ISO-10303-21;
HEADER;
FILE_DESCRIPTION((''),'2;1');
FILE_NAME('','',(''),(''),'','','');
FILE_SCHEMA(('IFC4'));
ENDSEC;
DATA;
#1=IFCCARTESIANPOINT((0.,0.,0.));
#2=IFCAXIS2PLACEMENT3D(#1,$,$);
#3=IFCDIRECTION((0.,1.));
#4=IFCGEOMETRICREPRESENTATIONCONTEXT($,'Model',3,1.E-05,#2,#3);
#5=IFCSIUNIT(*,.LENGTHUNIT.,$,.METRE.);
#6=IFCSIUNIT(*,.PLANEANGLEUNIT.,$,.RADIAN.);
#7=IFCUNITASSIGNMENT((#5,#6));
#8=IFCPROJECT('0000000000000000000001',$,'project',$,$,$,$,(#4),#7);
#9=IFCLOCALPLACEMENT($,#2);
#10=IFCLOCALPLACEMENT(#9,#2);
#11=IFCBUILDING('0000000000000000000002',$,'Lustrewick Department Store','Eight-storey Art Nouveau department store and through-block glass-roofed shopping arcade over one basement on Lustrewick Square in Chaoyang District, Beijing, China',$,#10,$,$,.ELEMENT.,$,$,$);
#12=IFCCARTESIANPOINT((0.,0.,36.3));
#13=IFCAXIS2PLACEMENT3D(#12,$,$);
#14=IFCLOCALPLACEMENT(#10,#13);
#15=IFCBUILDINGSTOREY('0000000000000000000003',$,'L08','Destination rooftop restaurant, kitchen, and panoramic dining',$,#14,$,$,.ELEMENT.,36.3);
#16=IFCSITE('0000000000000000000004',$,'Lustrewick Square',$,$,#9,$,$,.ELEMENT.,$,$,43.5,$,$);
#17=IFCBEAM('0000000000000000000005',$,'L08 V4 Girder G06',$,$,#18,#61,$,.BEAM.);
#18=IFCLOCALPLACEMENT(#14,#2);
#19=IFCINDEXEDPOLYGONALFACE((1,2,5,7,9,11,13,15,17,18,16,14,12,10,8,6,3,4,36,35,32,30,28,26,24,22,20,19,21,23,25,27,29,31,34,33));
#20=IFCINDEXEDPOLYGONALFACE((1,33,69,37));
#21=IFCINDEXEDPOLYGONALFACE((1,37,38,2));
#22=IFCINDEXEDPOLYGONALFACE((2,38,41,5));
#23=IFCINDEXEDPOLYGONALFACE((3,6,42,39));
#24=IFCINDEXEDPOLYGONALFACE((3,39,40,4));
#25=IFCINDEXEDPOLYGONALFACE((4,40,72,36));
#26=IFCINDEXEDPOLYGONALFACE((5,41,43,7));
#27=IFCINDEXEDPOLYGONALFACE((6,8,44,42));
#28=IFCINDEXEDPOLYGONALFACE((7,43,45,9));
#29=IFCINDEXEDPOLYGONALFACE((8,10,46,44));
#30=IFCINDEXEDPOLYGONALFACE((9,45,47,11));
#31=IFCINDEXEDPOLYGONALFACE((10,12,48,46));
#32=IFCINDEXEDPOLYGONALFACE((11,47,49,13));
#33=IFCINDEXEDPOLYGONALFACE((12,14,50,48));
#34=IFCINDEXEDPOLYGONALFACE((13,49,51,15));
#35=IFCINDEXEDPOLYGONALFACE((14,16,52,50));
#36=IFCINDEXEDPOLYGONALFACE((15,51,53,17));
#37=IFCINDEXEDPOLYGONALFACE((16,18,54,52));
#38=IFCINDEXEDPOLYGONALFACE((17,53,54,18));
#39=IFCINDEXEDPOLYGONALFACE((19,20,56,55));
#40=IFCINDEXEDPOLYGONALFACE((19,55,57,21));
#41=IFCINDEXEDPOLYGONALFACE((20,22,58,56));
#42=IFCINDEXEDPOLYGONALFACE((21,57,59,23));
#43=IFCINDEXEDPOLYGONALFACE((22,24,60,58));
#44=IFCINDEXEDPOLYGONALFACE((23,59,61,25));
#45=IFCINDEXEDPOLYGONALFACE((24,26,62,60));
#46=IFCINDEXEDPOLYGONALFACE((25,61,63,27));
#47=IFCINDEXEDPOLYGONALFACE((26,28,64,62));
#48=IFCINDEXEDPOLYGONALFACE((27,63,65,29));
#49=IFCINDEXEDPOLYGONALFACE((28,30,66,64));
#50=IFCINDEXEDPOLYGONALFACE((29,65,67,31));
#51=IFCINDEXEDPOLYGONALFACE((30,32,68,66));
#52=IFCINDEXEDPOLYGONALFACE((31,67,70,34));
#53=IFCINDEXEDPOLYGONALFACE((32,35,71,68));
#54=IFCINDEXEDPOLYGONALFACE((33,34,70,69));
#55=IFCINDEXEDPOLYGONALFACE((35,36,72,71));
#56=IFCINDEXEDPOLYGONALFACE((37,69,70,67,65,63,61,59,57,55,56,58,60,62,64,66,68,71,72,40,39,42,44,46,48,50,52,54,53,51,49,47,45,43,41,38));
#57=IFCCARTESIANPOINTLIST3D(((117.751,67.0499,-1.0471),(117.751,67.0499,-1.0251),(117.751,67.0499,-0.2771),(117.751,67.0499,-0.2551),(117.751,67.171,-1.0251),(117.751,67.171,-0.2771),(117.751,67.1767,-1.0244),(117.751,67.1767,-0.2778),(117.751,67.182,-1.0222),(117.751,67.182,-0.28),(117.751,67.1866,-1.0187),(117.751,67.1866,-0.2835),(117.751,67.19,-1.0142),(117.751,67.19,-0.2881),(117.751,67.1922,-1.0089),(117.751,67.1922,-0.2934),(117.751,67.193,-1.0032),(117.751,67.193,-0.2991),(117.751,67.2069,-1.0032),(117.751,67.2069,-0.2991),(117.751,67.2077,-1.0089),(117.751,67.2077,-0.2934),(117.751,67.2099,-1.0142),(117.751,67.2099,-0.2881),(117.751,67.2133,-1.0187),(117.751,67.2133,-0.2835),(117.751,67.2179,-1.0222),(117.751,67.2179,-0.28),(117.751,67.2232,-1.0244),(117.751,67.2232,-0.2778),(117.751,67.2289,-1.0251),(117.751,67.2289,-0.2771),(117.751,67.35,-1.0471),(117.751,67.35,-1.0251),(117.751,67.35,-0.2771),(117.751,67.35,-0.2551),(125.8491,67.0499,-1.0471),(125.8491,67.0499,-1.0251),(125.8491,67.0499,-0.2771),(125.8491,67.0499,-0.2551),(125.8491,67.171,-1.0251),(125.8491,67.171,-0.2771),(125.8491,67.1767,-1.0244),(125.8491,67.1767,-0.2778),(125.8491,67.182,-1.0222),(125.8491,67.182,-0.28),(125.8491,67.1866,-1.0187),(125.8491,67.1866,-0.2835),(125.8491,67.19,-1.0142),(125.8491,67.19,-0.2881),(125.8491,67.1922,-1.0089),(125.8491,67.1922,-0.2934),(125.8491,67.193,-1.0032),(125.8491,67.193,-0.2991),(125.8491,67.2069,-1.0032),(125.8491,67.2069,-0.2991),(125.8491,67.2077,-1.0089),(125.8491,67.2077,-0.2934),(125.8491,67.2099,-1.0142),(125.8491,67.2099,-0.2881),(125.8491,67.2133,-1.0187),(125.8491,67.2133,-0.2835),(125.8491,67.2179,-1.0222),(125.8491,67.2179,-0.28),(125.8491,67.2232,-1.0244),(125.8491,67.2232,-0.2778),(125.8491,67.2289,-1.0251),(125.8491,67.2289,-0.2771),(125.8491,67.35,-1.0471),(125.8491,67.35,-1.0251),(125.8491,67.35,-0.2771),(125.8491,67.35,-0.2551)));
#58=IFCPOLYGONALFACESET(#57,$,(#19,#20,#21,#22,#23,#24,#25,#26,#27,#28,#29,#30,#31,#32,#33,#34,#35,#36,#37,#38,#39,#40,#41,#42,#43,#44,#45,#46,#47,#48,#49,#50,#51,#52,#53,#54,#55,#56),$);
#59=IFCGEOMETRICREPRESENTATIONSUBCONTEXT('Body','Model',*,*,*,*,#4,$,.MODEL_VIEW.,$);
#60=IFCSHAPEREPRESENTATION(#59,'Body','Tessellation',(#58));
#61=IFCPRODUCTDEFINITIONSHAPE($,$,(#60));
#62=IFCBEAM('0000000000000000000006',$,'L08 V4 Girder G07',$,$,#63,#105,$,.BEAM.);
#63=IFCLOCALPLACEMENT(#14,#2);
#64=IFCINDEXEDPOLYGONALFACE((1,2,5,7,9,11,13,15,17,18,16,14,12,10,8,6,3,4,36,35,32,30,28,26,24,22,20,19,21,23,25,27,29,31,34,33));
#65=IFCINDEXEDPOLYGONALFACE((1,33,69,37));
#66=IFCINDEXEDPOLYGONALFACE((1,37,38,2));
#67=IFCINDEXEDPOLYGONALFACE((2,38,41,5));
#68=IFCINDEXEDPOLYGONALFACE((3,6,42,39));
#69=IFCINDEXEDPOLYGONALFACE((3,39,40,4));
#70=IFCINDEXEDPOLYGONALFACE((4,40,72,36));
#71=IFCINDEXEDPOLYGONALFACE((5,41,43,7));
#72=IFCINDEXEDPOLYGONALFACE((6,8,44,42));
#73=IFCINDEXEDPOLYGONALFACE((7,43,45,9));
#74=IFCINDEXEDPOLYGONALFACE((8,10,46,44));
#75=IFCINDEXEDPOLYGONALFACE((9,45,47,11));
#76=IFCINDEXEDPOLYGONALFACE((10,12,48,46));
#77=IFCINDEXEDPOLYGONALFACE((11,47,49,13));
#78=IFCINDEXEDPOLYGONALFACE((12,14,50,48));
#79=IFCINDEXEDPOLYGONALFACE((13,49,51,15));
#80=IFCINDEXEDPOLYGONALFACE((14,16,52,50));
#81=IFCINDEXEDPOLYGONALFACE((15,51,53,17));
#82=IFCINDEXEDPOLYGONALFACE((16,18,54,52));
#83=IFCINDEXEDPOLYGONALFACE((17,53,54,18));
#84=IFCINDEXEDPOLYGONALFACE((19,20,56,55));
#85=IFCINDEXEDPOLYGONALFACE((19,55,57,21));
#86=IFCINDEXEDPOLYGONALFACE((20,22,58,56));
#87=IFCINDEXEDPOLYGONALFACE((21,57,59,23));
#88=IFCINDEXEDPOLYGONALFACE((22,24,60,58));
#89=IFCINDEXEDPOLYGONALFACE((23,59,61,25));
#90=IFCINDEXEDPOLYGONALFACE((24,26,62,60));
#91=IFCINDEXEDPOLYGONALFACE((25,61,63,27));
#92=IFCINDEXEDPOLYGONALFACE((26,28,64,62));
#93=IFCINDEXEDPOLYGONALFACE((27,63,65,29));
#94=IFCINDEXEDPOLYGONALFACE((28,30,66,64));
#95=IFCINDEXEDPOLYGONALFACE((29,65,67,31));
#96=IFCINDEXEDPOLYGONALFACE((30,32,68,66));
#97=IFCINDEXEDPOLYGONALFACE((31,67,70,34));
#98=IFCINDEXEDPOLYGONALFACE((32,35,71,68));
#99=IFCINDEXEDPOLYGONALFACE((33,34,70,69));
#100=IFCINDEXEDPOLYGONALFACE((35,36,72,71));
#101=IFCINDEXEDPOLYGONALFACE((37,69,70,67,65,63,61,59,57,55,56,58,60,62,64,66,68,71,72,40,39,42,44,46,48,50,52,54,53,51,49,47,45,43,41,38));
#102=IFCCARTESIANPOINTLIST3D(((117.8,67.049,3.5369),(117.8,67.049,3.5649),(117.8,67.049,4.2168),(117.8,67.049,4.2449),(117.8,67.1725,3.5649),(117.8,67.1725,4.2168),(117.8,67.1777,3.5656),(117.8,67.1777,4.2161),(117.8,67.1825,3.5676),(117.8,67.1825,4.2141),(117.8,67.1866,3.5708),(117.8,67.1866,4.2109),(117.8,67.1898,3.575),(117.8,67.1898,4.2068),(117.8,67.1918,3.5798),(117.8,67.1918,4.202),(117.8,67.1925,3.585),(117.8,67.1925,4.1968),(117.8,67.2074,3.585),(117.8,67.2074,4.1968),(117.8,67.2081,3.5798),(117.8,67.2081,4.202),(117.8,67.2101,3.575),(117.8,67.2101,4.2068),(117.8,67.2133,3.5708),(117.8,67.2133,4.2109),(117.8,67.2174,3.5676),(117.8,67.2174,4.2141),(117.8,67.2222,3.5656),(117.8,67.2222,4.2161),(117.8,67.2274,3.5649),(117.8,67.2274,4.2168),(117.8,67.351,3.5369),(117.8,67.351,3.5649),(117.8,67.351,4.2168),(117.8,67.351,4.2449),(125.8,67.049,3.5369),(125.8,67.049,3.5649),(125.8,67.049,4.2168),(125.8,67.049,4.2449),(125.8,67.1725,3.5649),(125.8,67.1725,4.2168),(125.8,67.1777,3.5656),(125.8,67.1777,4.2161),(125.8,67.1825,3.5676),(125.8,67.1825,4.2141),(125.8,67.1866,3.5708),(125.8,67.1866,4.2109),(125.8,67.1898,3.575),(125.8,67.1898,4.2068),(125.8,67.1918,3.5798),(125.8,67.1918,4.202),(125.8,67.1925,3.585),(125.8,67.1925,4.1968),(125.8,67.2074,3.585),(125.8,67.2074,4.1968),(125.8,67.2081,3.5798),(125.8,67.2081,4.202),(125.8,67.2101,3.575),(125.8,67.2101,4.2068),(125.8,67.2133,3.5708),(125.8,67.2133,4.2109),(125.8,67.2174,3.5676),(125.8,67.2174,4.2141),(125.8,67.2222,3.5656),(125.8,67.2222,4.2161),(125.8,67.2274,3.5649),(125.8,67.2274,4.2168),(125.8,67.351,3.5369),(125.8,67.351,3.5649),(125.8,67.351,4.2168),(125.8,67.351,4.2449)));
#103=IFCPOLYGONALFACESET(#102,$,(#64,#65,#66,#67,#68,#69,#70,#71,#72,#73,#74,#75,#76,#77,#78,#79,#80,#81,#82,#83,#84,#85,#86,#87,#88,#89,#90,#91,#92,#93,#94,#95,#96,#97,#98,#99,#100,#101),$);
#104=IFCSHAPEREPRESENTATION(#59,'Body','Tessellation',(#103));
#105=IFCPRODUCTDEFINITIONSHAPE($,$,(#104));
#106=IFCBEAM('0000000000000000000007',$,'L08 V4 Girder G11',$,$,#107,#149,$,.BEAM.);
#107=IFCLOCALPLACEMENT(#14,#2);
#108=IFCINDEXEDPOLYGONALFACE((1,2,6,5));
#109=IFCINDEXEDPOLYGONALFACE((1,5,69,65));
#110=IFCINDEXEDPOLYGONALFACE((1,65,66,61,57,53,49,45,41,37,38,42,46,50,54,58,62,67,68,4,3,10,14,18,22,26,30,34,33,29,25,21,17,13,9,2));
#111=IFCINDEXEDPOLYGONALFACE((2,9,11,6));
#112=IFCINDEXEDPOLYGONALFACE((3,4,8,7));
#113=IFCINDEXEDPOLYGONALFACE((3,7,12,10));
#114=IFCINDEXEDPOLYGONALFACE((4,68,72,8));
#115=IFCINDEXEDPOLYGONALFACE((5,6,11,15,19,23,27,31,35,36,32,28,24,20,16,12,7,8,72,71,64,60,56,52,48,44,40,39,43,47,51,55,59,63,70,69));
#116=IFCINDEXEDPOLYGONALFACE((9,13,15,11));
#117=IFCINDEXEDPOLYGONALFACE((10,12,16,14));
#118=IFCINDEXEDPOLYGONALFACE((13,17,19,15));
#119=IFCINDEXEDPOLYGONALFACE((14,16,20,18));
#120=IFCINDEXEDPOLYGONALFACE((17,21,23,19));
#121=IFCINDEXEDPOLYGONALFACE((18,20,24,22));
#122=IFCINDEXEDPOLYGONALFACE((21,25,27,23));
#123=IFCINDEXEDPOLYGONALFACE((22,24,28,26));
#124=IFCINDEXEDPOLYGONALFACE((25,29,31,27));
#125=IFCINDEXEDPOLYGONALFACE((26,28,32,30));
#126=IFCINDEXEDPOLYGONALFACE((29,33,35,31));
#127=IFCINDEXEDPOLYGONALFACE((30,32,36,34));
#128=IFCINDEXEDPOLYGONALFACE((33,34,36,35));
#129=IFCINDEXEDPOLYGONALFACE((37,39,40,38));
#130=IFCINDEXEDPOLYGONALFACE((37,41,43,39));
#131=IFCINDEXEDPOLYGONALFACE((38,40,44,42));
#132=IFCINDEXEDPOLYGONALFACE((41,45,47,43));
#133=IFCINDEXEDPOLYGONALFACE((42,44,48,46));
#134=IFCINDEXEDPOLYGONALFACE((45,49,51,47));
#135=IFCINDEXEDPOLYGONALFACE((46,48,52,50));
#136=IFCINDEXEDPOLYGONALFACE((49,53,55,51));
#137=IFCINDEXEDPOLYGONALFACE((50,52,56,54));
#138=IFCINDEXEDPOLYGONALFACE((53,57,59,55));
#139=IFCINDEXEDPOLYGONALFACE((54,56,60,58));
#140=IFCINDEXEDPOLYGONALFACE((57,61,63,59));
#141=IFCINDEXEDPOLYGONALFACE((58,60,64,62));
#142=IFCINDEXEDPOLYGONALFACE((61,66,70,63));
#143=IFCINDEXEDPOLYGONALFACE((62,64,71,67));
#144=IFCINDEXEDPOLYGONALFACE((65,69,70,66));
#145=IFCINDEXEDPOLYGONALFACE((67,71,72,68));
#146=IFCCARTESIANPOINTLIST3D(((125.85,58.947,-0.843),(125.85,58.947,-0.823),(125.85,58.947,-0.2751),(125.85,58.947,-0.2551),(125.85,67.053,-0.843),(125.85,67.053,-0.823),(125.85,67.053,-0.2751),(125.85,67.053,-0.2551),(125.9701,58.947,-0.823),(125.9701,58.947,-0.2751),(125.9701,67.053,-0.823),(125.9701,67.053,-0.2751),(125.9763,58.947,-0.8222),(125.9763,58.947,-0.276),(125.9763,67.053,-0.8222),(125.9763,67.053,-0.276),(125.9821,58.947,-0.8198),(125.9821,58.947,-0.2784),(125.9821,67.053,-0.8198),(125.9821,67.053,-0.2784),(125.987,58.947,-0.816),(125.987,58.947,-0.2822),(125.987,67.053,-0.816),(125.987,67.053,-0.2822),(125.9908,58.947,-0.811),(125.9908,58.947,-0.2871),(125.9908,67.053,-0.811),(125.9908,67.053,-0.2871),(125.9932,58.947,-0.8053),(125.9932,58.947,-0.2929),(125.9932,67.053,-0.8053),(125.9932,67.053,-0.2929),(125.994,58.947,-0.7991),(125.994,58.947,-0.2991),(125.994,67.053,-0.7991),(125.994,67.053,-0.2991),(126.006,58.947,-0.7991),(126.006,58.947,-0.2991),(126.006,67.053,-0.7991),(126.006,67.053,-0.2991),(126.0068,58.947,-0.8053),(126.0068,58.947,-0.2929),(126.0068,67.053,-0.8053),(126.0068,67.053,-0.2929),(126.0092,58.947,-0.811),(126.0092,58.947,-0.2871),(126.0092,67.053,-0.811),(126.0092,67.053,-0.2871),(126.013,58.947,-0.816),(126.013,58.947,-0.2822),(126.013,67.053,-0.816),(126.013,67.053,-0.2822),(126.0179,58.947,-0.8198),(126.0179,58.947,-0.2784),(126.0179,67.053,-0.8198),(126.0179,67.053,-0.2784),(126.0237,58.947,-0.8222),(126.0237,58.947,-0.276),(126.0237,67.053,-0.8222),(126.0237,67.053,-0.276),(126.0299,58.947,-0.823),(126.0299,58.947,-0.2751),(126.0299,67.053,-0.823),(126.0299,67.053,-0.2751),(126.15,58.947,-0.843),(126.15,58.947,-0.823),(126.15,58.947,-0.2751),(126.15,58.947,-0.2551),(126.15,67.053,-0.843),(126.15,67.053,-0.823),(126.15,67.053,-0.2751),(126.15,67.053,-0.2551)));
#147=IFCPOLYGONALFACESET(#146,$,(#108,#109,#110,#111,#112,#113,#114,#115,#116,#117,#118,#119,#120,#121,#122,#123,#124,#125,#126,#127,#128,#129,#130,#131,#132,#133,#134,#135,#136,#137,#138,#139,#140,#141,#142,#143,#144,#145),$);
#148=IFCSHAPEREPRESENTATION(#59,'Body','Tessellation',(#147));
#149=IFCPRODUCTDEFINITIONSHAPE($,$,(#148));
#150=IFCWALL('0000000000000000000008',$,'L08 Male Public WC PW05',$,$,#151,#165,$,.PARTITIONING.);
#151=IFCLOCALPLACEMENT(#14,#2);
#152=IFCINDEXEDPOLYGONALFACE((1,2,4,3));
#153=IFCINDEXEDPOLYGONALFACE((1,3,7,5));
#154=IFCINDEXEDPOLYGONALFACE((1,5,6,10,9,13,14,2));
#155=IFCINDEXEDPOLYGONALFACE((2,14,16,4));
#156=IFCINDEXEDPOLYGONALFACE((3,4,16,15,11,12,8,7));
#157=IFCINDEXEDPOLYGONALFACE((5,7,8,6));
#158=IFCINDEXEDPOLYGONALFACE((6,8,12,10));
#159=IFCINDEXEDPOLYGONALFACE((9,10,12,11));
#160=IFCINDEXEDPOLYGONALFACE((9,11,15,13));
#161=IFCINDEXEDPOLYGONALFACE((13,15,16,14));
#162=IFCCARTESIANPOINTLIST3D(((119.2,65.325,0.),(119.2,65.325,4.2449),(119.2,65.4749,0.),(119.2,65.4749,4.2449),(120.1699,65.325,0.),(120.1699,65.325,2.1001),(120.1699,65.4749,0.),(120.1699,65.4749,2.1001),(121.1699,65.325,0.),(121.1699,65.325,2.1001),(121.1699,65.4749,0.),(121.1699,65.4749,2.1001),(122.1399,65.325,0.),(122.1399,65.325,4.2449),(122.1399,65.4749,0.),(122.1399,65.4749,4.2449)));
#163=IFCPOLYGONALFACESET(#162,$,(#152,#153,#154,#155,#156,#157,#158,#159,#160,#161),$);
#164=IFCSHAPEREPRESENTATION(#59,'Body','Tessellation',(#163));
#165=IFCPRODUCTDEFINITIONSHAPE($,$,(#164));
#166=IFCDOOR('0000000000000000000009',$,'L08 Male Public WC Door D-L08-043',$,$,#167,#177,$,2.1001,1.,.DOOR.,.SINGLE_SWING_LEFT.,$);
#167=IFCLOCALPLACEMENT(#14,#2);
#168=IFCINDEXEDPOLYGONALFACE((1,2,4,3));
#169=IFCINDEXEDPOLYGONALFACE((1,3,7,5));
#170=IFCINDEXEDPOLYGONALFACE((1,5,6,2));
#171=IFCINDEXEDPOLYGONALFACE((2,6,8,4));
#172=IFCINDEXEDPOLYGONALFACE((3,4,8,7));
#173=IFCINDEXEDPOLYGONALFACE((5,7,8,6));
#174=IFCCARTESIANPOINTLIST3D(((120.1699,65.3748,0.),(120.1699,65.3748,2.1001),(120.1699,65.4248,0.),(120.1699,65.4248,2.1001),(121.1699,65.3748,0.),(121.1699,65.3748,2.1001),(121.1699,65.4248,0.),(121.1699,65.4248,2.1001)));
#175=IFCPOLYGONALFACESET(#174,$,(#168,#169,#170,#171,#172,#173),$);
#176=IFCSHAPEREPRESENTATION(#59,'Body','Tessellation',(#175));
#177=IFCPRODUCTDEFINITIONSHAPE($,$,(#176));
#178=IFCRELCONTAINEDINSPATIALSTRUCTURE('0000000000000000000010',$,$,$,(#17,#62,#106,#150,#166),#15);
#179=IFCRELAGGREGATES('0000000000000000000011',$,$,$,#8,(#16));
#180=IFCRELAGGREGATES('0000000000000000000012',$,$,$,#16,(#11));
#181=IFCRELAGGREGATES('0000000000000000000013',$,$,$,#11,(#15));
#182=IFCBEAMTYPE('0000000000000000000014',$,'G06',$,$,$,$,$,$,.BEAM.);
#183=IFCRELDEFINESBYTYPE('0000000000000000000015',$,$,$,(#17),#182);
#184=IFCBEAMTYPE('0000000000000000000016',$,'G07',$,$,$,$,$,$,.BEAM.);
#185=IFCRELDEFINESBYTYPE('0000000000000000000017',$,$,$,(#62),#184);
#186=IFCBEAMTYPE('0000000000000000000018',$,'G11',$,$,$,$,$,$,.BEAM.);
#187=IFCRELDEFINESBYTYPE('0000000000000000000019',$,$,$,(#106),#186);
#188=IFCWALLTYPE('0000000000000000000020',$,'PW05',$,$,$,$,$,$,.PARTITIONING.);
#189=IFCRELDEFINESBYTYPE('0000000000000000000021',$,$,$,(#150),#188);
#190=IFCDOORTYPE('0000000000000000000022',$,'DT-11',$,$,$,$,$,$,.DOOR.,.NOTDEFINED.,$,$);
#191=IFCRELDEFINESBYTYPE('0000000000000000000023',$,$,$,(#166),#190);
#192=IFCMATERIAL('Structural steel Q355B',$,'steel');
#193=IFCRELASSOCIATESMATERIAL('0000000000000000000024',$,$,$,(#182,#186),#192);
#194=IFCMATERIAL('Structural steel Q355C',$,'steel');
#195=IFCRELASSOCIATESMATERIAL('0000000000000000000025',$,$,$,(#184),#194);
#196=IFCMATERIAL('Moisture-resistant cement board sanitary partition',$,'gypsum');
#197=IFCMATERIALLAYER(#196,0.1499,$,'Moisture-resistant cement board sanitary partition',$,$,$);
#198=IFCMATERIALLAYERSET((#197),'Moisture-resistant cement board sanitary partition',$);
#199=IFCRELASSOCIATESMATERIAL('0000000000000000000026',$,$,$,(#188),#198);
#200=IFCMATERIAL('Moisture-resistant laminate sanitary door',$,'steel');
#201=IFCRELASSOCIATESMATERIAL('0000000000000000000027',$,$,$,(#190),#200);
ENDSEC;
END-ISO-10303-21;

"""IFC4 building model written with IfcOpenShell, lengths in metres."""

from ifc_helpers import new_model, si_unit, direction, frame, frame_2d, origin, origin_2d, place, context, subcontext, project, spatial, rectangle, i_section, extrude, material, layer, layer_set, material_profile, profile_set, type_object, element, fill, save


model = new_model("IFC4")

# Units and contexts
model_context = context("Model", 3, precision=1e-05, world=origin(), true_north=direction((0.0, 1.0)))
body_context = subcontext(model_context, "Body", "Model", "MODEL_VIEW")
ifc_project = project(units=[si_unit("LENGTHUNIT", "METRE"), si_unit("PLANEANGLEUNIT", "RADIAN")], contexts=[model_context])

# Site, building, storey
site_placement = place(None, origin())
site = spatial("IfcSite", under=ifc_project, at=site_placement, Name="Lustrewick Square", CompositionType="ELEMENT", RefElevation=43.5)
building_placement = place(site_placement, origin())
building = spatial("IfcBuilding", under=site, at=building_placement, Name="Lustrewick Department Store", Description="Eight-storey Art Nouveau department store and through-block glass-roofed shopping arcade over one basement on Lustrewick Square in Chaoyang District, Beijing, China", CompositionType="ELEMENT")
storey_placement = place(building_placement, frame((0.0, 0.0, 36.3)))
storey = spatial("IfcBuildingStorey", under=building, at=storey_placement, Name="L08", Description="Destination rooftop restaurant, kitchen, and panoramic dining", CompositionType="ELEMENT", Elevation=36.3)

# Shared definitions
ifc_material_1 = material(Name="Structural steel Q355B", Category="steel")

# Beams
ifc_material_2 = material(Name="Structural steel Q355C", Category="steel")
ifc_material_profile_1 = material_profile(ifc_material_1, i_section(OverallWidth=0.3, OverallDepth=0.792, WebThickness=0.0139, FlangeThickness=0.022, FilletRadius=0.022, at=origin_2d()), Name="HN 792x300x14x22")
ifc_profile_set_1 = profile_set([ifc_material_profile_1], Name="Structural steel Q355B")
beam_type_1 = type_object("IfcBeamType", Name="G06", PredefinedType="BEAM", material=ifc_profile_set_1)
beam_1_placement = place(storey_placement, frame((117.751, 67.2, -0.6511), z_axis=(1.0, 0.0, 0.0), x_axis=(0.0, 1.0, 0.0)))
element("IfcBeam", 1, at=beam_1_placement, inside=storey, type_object=beam_type_1, Name="L08 V4 Girder G06", PredefinedType="BEAM", context=body_context, shape_type="SweptSolid", body=[
    extrude(i_section(OverallWidth=0.3, OverallDepth=0.792, WebThickness=0.0139, FlangeThickness=0.022, FilletRadius=0.022, at=origin_2d()), origin(), (0.0, 0.0, 1.0), 8.0981),
])
ifc_material_profile_2 = material_profile(ifc_material_2, i_section(OverallWidth=0.302, OverallDepth=0.708, WebThickness=0.0149, FlangeThickness=0.0281, FilletRadius=0.02, at=origin_2d()), Name="HN 708x302x15x28")
ifc_profile_set_2 = profile_set([ifc_material_profile_2], Name="Structural steel Q355C")
beam_type_2 = type_object("IfcBeamType", Name="G07", PredefinedType="BEAM", material=ifc_profile_set_2)
beam_2_placement = place(storey_placement, frame((117.8, 67.2, 3.8909), z_axis=(1.0, 0.0, 0.0), x_axis=(0.0, 1.0, 0.0)))
element("IfcBeam", 2, at=beam_2_placement, inside=storey, type_object=beam_type_2, Name="L08 V4 Girder G07", PredefinedType="BEAM", context=body_context, shape_type="SweptSolid", body=[
    extrude(i_section(OverallWidth=0.302, OverallDepth=0.708, WebThickness=0.0149, FlangeThickness=0.0281, FilletRadius=0.02, at=origin_2d()), origin(), (0.0, 0.0, 1.0), 8.0),
])
ifc_material_profile_3 = material_profile(ifc_material_1, i_section(OverallWidth=0.3, OverallDepth=0.5879, WebThickness=0.012, FlangeThickness=0.02, FilletRadius=0.0239, at=origin_2d()), Name="HM 588x300x12x20")
ifc_profile_set_3 = profile_set([ifc_material_profile_3], Name="Structural steel Q355B")
beam_type_3 = type_object("IfcBeamType", Name="G11", PredefinedType="BEAM", material=ifc_profile_set_3)
beam_3_placement = place(storey_placement, frame((126.0, 58.947, -0.5491), z_axis=(0.0, 1.0, 0.0), x_axis=(-1.0, 0.0, 0.0)))
element("IfcBeam", 3, at=beam_3_placement, inside=storey, type_object=beam_type_3, Name="L08 V4 Girder G11", PredefinedType="BEAM", context=body_context, shape_type="SweptSolid", body=[
    extrude(i_section(OverallWidth=0.3, OverallDepth=0.5879, WebThickness=0.012, FlangeThickness=0.02, FilletRadius=0.0239, at=origin_2d()), origin(), (0.0, 0.0, 1.0), 8.106),
])

# Wall, opening, door
ifc_material_3 = material(Name="Moisture-resistant cement board sanitary partition", Category="gypsum")
ifc_layer = layer(ifc_material_3, 0.1499, Name="Moisture-resistant cement board sanitary partition")
ifc_layer_set = layer_set([ifc_layer], Name="Moisture-resistant cement board sanitary partition")
wall_type = type_object("IfcWallType", Name="PW05", PredefinedType="PARTITIONING", material=ifc_layer_set)
wall_1_placement = place(storey_placement, frame((119.2, 65.3999, 0.0), z_axis=(0.0, 0.0, 1.0), x_axis=(1.0, 0.0, 0.0)))
wall_1 = element("IfcWall", 4, at=wall_1_placement, inside=storey, type_object=wall_type, Name="L08 Male Public WC PW05", PredefinedType="PARTITIONING", context=body_context, shape_type="SweptSolid", body=[
    extrude(rectangle(XDim=2.9399, YDim=0.1499, at=frame_2d((1.47, 0.0))), origin(), (0.0, 0.0, 1.0), 4.2449),
])
opening_1_placement = place(wall_1_placement, frame((0.97, 0.0, 0.0)))
opening_1 = element("IfcOpeningElement", 5, at=opening_1_placement, cuts=wall_1, PredefinedType="OPENING", context=body_context, shape_type="SweptSolid", body=[
    extrude(rectangle(XDim=1.0, YDim=2.1001, at=frame_2d((0.5, 1.05))), frame((0.0, 0.085, 0.0), z_axis=(0.0, -1.0, 0.0), x_axis=(1.0, 0.0, 0.0)), (0.0, 0.0, 1.0), 0.1699),
])
ifc_material_4 = material(Name="Moisture-resistant laminate sanitary door", Category="steel")
door_type_1 = type_object("IfcDoorType", Name="DT-11", OperationType="NOTDEFINED", PredefinedType="DOOR", material=ifc_material_4)
door_1_placement = place(opening_1_placement, origin())
door_1 = element("IfcDoor", 6, at=door_1_placement, inside=storey, type_object=door_type_1, Name="L08 Male Public WC Door D-L08-043", OperationType="SINGLE_SWING_LEFT", OverallHeight=2.1001, OverallWidth=1.0, PredefinedType="DOOR", context=body_context, shape_type="SweptSolid", body=[
    extrude(rectangle(XDim=1.0, YDim=2.1001, at=frame_2d((0.5, 1.05))), frame((0.0, 0.0249, 0.0), z_axis=(0.0, -1.0, 0.0), x_axis=(1.0, 0.0, 0.0)), (0.0, 0.0, 1.0), 0.05),
])
fill(opening_1, door_1)

save(model, "model.ifc")
